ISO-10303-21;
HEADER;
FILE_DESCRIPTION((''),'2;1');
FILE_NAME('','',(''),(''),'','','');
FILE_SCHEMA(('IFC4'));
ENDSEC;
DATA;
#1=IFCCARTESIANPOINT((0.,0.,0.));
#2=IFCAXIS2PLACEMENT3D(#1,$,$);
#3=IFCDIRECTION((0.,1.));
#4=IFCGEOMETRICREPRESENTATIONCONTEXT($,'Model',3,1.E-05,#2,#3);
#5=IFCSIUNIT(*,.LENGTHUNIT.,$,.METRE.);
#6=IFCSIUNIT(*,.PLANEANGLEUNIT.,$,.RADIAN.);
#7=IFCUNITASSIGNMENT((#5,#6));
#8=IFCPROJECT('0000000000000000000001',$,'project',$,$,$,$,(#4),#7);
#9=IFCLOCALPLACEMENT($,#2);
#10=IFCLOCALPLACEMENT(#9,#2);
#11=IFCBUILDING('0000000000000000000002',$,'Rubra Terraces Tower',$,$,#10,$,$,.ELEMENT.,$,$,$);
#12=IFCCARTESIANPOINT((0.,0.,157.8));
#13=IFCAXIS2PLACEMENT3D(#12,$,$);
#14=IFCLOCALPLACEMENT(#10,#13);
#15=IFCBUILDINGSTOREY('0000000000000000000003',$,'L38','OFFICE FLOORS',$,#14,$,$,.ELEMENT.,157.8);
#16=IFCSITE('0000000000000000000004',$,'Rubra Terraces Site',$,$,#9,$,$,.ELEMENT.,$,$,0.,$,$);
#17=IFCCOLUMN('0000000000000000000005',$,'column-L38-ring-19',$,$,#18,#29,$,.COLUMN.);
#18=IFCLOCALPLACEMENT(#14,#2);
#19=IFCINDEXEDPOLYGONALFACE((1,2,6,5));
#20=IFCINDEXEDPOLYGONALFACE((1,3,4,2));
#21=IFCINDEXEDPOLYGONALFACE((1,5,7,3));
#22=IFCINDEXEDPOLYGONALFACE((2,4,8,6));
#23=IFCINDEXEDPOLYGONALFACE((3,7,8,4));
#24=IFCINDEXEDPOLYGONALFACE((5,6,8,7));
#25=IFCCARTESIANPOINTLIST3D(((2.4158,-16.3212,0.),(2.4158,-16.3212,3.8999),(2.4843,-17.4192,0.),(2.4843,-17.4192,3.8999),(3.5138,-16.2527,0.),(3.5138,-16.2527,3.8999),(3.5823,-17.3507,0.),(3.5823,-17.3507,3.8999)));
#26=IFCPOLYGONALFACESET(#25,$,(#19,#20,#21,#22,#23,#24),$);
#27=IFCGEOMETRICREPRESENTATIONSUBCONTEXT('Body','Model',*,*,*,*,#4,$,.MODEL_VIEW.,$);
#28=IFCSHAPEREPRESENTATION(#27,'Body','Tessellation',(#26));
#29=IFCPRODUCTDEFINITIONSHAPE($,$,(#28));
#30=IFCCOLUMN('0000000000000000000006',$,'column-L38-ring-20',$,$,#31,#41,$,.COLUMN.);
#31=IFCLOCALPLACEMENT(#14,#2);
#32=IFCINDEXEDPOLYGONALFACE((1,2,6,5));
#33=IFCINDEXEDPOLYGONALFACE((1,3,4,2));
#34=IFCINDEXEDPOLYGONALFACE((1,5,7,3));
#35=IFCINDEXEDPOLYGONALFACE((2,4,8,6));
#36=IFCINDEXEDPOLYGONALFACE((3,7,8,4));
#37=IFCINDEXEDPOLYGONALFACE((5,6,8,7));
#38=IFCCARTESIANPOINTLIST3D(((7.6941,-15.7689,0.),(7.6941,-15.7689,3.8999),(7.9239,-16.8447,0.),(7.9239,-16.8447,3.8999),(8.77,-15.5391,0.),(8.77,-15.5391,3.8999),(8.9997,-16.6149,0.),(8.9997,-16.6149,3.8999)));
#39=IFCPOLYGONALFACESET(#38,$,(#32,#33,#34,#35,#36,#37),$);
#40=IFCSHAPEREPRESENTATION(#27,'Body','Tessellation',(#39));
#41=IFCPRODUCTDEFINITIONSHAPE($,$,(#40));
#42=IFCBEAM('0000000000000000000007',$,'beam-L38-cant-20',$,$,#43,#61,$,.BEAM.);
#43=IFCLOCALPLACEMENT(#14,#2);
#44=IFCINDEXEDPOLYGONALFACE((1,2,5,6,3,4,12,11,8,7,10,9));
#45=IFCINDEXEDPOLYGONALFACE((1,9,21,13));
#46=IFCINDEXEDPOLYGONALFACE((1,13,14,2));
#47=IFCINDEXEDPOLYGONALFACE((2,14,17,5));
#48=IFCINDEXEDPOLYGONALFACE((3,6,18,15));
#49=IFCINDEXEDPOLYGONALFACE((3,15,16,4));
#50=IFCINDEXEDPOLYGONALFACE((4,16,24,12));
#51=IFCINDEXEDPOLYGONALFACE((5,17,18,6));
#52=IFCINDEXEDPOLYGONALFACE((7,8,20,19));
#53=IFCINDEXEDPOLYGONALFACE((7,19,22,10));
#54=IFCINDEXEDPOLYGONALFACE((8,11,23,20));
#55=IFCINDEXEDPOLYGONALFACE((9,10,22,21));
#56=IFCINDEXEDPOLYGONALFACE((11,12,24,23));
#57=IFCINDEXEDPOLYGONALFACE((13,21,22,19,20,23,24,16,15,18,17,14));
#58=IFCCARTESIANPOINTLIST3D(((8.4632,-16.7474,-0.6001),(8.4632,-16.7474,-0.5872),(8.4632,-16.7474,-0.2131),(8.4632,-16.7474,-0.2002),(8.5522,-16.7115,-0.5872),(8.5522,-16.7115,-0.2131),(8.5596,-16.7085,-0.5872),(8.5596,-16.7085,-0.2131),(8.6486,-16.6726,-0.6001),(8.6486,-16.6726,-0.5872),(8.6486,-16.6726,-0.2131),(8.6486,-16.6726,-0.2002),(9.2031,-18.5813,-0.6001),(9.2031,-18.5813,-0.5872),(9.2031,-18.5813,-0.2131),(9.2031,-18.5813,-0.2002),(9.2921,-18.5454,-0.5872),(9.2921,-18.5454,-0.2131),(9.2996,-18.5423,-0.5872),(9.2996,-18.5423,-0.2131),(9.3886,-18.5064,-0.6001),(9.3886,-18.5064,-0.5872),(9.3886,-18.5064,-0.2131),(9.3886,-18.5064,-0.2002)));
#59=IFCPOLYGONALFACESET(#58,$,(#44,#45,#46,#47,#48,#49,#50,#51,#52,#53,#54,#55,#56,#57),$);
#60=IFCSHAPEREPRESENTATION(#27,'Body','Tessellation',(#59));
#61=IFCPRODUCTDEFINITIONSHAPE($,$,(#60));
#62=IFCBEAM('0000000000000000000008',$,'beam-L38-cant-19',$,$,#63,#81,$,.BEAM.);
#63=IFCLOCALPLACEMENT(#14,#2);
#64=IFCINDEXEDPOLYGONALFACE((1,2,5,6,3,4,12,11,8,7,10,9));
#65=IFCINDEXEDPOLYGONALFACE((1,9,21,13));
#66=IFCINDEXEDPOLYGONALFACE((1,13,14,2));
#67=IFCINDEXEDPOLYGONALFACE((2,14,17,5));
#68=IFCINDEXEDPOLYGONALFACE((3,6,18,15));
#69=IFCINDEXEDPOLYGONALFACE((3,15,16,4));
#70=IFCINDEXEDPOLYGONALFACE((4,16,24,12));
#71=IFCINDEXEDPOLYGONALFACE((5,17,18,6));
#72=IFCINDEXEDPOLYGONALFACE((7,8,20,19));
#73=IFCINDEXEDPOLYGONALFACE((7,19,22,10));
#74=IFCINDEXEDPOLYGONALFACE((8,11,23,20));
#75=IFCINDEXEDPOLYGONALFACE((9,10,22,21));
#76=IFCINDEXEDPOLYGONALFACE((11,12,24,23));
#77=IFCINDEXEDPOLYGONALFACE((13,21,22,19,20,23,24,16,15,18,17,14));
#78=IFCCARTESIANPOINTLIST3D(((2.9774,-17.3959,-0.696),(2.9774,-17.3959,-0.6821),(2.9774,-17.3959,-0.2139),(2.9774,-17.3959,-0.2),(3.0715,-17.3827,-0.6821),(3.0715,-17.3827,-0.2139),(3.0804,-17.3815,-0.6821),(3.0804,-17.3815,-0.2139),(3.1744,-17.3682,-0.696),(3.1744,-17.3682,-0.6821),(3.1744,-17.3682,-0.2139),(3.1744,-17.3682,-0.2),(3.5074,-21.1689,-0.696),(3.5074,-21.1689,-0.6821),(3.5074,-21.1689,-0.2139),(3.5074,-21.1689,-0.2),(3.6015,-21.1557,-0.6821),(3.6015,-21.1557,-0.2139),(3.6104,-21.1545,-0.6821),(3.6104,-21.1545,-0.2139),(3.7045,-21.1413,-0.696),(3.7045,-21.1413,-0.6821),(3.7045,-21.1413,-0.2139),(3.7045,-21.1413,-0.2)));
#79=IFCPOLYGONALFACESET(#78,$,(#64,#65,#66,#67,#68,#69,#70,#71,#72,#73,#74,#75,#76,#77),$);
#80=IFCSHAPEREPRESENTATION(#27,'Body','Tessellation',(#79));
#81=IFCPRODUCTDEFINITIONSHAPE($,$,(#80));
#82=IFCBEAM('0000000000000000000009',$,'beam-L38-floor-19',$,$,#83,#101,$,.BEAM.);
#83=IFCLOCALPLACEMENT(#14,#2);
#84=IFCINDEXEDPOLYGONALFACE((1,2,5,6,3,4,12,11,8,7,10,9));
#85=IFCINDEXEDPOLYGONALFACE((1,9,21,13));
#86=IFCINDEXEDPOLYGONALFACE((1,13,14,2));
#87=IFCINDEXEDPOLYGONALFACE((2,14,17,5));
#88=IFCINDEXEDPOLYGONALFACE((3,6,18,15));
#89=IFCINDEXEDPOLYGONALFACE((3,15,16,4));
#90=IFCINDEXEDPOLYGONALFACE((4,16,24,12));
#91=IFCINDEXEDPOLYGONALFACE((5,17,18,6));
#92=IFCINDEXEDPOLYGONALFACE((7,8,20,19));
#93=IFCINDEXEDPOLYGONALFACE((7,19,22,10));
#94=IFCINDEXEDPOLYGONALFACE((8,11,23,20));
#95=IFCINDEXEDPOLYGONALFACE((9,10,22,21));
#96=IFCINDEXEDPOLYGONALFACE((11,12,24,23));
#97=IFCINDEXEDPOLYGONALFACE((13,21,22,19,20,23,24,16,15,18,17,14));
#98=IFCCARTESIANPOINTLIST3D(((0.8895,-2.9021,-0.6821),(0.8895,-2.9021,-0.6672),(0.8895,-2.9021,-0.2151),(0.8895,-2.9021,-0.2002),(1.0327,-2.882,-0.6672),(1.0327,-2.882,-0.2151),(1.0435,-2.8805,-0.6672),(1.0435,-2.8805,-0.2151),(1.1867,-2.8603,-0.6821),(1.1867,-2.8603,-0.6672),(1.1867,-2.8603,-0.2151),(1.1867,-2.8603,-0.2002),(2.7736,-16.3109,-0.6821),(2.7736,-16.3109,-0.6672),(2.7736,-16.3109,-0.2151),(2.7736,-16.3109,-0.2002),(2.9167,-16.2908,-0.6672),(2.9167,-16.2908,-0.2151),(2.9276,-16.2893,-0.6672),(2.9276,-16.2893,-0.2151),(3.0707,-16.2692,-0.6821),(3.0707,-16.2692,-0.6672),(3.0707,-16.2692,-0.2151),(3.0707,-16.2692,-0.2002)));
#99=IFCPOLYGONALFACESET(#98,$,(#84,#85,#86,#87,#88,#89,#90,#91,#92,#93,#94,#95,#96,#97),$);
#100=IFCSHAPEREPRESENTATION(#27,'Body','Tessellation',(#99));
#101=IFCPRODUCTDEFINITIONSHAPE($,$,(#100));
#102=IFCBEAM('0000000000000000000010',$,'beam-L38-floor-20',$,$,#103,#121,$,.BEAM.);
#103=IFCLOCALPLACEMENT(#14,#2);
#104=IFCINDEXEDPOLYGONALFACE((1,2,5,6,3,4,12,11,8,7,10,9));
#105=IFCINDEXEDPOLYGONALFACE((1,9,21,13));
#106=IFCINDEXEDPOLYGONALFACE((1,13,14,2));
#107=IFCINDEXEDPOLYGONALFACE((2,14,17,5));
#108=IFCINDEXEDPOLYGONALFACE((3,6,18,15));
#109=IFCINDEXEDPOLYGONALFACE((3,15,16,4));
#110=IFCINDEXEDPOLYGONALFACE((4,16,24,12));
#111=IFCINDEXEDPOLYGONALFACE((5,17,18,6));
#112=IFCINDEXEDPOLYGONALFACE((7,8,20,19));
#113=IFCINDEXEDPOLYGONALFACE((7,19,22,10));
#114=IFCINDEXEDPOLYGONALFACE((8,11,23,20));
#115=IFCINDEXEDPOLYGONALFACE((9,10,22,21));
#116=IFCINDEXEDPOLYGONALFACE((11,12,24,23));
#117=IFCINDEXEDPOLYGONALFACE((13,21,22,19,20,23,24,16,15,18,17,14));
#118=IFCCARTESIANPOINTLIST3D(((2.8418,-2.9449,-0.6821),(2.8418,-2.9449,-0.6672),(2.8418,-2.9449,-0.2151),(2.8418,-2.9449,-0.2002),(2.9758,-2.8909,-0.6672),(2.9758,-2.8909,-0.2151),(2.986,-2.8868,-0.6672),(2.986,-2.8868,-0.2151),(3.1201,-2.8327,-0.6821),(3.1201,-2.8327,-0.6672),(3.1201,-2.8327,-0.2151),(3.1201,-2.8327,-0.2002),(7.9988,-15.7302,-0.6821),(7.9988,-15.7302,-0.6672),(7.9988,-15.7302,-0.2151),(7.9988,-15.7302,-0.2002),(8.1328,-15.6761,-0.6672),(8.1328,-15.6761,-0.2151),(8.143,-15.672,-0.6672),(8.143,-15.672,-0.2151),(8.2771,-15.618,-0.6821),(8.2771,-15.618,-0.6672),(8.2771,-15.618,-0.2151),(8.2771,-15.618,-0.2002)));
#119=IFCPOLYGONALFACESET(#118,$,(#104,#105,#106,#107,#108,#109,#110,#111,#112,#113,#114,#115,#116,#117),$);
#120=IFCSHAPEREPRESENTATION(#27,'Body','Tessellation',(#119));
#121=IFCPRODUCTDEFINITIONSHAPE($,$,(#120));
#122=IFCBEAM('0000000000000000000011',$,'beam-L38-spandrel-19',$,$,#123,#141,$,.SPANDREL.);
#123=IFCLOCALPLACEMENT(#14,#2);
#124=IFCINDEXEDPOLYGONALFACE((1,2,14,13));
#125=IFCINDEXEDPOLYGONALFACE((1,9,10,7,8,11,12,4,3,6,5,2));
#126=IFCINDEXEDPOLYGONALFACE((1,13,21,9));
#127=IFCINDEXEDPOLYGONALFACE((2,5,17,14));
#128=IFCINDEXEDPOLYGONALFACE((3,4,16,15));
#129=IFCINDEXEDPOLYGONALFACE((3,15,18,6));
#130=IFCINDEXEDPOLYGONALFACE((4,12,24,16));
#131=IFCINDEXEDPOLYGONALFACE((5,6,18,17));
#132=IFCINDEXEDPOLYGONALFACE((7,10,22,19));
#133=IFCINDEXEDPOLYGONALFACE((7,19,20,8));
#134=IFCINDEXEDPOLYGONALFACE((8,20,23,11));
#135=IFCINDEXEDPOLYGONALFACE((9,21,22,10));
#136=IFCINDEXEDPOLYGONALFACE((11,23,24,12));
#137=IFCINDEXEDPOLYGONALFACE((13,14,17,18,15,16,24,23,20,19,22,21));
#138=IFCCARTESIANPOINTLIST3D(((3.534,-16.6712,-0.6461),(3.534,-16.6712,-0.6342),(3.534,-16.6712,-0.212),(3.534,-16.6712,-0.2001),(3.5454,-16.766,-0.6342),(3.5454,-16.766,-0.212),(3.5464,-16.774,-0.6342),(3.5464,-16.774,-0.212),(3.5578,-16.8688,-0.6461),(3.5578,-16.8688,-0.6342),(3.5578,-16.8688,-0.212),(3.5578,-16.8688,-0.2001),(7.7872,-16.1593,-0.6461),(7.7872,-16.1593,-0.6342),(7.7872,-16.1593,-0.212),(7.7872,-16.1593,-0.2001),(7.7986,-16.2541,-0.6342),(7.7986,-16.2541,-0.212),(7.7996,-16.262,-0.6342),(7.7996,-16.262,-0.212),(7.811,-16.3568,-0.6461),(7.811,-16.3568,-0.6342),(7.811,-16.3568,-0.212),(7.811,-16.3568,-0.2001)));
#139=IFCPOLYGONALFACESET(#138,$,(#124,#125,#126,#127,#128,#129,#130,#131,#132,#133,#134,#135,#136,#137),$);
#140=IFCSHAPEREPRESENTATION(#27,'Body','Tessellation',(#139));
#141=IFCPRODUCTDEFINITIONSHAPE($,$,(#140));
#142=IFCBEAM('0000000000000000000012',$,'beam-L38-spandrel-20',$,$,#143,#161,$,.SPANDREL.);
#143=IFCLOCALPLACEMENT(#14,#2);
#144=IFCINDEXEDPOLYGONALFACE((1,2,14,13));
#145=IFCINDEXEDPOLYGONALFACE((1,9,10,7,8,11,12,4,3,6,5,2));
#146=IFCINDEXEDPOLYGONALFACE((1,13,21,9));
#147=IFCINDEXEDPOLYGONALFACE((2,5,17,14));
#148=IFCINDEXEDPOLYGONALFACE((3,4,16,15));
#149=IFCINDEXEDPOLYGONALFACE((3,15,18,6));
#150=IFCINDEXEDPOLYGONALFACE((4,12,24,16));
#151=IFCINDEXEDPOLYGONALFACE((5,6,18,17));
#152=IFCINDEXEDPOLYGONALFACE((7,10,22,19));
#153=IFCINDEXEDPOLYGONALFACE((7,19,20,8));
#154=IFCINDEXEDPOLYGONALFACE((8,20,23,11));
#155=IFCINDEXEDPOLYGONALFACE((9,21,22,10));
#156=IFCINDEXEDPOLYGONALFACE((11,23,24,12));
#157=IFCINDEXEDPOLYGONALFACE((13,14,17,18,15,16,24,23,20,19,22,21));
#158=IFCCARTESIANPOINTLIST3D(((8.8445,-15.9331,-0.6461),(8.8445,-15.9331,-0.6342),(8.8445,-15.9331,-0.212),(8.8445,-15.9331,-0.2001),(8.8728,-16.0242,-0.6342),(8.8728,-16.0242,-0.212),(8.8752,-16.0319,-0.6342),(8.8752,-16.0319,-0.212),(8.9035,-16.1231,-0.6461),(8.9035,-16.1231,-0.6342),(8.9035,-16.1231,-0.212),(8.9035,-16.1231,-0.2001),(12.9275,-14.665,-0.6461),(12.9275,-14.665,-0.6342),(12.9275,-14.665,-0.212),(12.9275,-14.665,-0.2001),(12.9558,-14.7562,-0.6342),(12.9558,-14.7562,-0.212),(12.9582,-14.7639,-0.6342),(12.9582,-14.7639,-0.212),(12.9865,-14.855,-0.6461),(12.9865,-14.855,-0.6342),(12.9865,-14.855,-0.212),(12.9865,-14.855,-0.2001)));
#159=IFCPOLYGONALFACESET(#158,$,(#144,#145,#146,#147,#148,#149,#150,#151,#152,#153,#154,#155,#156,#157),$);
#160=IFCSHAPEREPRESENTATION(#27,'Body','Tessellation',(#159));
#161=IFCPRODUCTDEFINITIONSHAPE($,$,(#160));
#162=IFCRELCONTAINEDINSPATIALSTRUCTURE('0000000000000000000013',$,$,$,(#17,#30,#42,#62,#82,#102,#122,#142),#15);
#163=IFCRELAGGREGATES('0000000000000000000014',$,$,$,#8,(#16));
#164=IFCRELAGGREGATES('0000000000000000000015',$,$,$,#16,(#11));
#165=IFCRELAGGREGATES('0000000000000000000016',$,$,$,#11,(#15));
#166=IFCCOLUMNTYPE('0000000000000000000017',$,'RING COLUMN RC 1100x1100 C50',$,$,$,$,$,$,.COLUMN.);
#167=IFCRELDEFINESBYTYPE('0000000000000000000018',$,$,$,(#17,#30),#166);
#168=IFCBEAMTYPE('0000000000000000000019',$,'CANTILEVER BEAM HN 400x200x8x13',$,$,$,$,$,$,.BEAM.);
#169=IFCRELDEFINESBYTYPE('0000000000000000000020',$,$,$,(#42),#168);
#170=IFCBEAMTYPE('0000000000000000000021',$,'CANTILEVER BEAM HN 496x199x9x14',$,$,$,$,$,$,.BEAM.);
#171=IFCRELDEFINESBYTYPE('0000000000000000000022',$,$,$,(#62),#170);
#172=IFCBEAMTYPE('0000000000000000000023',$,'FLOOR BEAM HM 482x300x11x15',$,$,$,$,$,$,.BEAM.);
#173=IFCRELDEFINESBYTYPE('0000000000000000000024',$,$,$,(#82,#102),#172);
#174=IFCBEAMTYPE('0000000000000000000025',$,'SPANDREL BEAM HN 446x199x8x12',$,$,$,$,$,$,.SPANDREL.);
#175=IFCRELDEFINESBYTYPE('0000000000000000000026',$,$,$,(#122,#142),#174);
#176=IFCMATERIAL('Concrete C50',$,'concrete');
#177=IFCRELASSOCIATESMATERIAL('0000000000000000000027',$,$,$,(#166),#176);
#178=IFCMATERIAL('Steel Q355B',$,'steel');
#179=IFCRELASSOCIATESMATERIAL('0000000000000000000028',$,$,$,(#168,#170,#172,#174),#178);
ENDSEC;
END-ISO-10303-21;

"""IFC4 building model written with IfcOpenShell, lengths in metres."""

from ifc_helpers import new_model, si_unit, direction, frame, origin, origin_2d, place, context, subcontext, project, spatial, rectangle, i_section, extrude, material, material_profile, profile_set, type_object, element, save


model = new_model("IFC4")

# Units and contexts
model_context = context("Model", 3, precision=1e-05, world=origin(), true_north=direction((0.0, 1.0)))
body_context = subcontext(model_context, "Body", "Model", "MODEL_VIEW")
ifc_project = project(units=[si_unit("LENGTHUNIT", "METRE"), si_unit("PLANEANGLEUNIT", "RADIAN")], contexts=[model_context])

# Site, building, storey
site_placement = place(None, origin())
site = spatial("IfcSite", under=ifc_project, at=site_placement, Name="Rubra Terraces Site", CompositionType="ELEMENT", RefElevation=0.0)
building_placement = place(site_placement, origin())
building = spatial("IfcBuilding", under=site, at=building_placement, Name="Rubra Terraces Tower", CompositionType="ELEMENT")
storey_placement = place(building_placement, frame((0.0, 0.0, 157.8)))
storey = spatial("IfcBuildingStorey", under=building, at=storey_placement, Name="L38", Description="OFFICE FLOORS", CompositionType="ELEMENT", Elevation=157.8)

# Columns
ifc_material_1 = material(Name="Concrete C50", Category="concrete")
ifc_material_profile_1 = material_profile(ifc_material_1, rectangle(XDim=1.1001, YDim=1.1001, at=origin_2d()), Name="RC 1100x1100")
ifc_profile_set_1 = profile_set([ifc_material_profile_1], Name="Concrete C50")
column_type = type_object("IfcColumnType", Name="RING COLUMN RC 1100x1100 C50", PredefinedType="COLUMN", material=ifc_profile_set_1)
for number, where, z_axis, x_axis, name in (
    (1, (2.999, -16.8359, 0.0), (0.0, 0.0, 1.0), (0.998059, 0.062268, 0.0), "column-L38-ring-19"),
    (2, (8.3469, -16.1919, 0.0), (0.0, 0.0, 1.0), (0.977944, 0.208867, 0.0), "column-L38-ring-20"),
):
    element("IfcColumn", number, at=place(storey_placement, frame(where, z_axis=z_axis, x_axis=x_axis)), inside=storey, type_object=column_type, Name=name, PredefinedType="COLUMN", context=body_context, shape_type="SweptSolid", body=[
        extrude(rectangle(XDim=1.1001, YDim=1.1001, at=origin_2d()), origin(), (0.0, 0.0, 1.0), 3.8999),
    ])

# Beams
ifc_material_2 = material(Name="Steel Q355B", Category="steel")
ifc_material_profile_2 = material_profile(ifc_material_2, i_section(OverallWidth=0.2, OverallDepth=0.3999, WebThickness=0.0081, FlangeThickness=0.0129, at=origin_2d()), Name="HN 400x200x8x13")
ifc_profile_set_2 = profile_set([ifc_material_profile_2], Name="Steel Q355B")
beam_type_1 = type_object("IfcBeamType", Name="CANTILEVER BEAM HN 400x200x8x13", PredefinedType="BEAM", material=ifc_profile_set_2)
beam_1_placement = place(storey_placement, frame((8.5559, -16.71, -0.4001), z_axis=(0.374177, -0.927357, 0.0), x_axis=(0.927357, 0.374177, 0.0)))
element("IfcBeam", 3, at=beam_1_placement, inside=storey, type_object=beam_type_1, Name="beam-L38-cant-20", PredefinedType="BEAM", context=body_context, shape_type="SweptSolid", body=[
    extrude(i_section(OverallWidth=0.2, OverallDepth=0.3999, WebThickness=0.0081, FlangeThickness=0.0129, at=origin_2d()), origin(), (0.0, 0.0, 1.0), 1.9775),
])
ifc_material_profile_3 = material_profile(ifc_material_2, i_section(OverallWidth=0.199, OverallDepth=0.4961, WebThickness=0.009, FlangeThickness=0.0139, at=origin_2d()), Name="HN 496x199x9x14")
ifc_profile_set_3 = profile_set([ifc_material_profile_3], Name="Steel Q355B")
beam_type_2 = type_object("IfcBeamType", Name="CANTILEVER BEAM HN 496x199x9x14", PredefinedType="BEAM", material=ifc_profile_set_3)
beam_2_placement = place(storey_placement, frame((3.0759, -17.3821, -0.448), z_axis=(0.139115, -0.990276, 0.0), x_axis=(0.990276, 0.139115, 0.0)))
element("IfcBeam", 4, at=beam_2_placement, inside=storey, type_object=beam_type_2, Name="beam-L38-cant-19", PredefinedType="BEAM", context=body_context, shape_type="SweptSolid", body=[
    extrude(i_section(OverallWidth=0.199, OverallDepth=0.4961, WebThickness=0.009, FlangeThickness=0.0139, at=origin_2d()), origin(), (0.0, 0.0, 1.0), 3.8101),
])
ifc_material_profile_4 = material_profile(ifc_material_2, i_section(OverallWidth=0.3, OverallDepth=0.4819, WebThickness=0.011, FlangeThickness=0.0149, at=origin_2d()), Name="HM 482x300x11x15")
ifc_profile_set_4 = profile_set([ifc_material_profile_4], Name="Steel Q355B")
beam_type_3 = type_object("IfcBeamType", Name="FLOOR BEAM HM 482x300x11x15", PredefinedType="BEAM", material=ifc_profile_set_4)
beam_3_placement = place(storey_placement, frame((2.9221, -16.29, -0.4412), z_axis=(-0.139139, 0.990273, 0.0), x_axis=(-0.990273, -0.139139, 0.0)))
element("IfcBeam", 5, at=beam_3_placement, inside=storey, type_object=beam_type_3, Name="beam-L38-floor-19", PredefinedType="BEAM", context=body_context, shape_type="SweptSolid", body=[
    extrude(i_section(OverallWidth=0.3, OverallDepth=0.4819, WebThickness=0.011, FlangeThickness=0.0149, at=origin_2d()), origin(), (0.0, 0.0, 1.0), 13.5405),
])
beam_4_placement = place(storey_placement, frame((8.1379, -15.6741, -0.4412), z_axis=(-0.374073, 0.927399, 0.0), x_axis=(-0.927399, -0.374073, 0.0)))
element("IfcBeam", 6, at=beam_4_placement, inside=storey, type_object=beam_type_3, Name="beam-L38-floor-20", PredefinedType="BEAM", context=body_context, shape_type="SweptSolid", body=[
    extrude(i_section(OverallWidth=0.3, OverallDepth=0.4819, WebThickness=0.011, FlangeThickness=0.0149, at=origin_2d()), origin(), (0.0, 0.0, 1.0), 13.7861),
])
ifc_material_profile_5 = material_profile(ifc_material_2, i_section(OverallWidth=0.199, OverallDepth=0.446, WebThickness=0.0081, FlangeThickness=0.012, at=origin_2d()), Name="HN 446x199x8x12")
ifc_profile_set_5 = profile_set([ifc_material_profile_5], Name="Steel Q355B")
beam_type_4 = type_object("IfcBeamType", Name="SPANDREL BEAM HN 446x199x8x12", PredefinedType="SPANDREL", material=ifc_profile_set_5)
beam_5_placement = place(storey_placement, frame((3.5459, -16.77, -0.4231), z_axis=(0.992833, 0.119509, 0.0), x_axis=(-0.119509, 0.992833, 0.0)))
element("IfcBeam", 7, at=beam_5_placement, inside=storey, type_object=beam_type_4, Name="beam-L38-spandrel-19", PredefinedType="SPANDREL", context=body_context, shape_type="SweptSolid", body=[
    extrude(i_section(OverallWidth=0.199, OverallDepth=0.446, WebThickness=0.0081, FlangeThickness=0.012, at=origin_2d()), origin(), (0.0, 0.0, 1.0), 4.2839),
])
beam_6_placement = place(storey_placement, frame((8.874, -16.0281, -0.4231), z_axis=(0.955003, 0.296597, 0.0), x_axis=(-0.296597, 0.955003, 0.0)))
element("IfcBeam", 8, at=beam_6_placement, inside=storey, type_object=beam_type_4, Name="beam-L38-spandrel-20", PredefinedType="SPANDREL", context=body_context, shape_type="SweptSolid", body=[
    extrude(i_section(OverallWidth=0.199, OverallDepth=0.446, WebThickness=0.0081, FlangeThickness=0.012, at=origin_2d()), origin(), (0.0, 0.0, 1.0), 4.2754),
])

save(model, "model.ifc")
